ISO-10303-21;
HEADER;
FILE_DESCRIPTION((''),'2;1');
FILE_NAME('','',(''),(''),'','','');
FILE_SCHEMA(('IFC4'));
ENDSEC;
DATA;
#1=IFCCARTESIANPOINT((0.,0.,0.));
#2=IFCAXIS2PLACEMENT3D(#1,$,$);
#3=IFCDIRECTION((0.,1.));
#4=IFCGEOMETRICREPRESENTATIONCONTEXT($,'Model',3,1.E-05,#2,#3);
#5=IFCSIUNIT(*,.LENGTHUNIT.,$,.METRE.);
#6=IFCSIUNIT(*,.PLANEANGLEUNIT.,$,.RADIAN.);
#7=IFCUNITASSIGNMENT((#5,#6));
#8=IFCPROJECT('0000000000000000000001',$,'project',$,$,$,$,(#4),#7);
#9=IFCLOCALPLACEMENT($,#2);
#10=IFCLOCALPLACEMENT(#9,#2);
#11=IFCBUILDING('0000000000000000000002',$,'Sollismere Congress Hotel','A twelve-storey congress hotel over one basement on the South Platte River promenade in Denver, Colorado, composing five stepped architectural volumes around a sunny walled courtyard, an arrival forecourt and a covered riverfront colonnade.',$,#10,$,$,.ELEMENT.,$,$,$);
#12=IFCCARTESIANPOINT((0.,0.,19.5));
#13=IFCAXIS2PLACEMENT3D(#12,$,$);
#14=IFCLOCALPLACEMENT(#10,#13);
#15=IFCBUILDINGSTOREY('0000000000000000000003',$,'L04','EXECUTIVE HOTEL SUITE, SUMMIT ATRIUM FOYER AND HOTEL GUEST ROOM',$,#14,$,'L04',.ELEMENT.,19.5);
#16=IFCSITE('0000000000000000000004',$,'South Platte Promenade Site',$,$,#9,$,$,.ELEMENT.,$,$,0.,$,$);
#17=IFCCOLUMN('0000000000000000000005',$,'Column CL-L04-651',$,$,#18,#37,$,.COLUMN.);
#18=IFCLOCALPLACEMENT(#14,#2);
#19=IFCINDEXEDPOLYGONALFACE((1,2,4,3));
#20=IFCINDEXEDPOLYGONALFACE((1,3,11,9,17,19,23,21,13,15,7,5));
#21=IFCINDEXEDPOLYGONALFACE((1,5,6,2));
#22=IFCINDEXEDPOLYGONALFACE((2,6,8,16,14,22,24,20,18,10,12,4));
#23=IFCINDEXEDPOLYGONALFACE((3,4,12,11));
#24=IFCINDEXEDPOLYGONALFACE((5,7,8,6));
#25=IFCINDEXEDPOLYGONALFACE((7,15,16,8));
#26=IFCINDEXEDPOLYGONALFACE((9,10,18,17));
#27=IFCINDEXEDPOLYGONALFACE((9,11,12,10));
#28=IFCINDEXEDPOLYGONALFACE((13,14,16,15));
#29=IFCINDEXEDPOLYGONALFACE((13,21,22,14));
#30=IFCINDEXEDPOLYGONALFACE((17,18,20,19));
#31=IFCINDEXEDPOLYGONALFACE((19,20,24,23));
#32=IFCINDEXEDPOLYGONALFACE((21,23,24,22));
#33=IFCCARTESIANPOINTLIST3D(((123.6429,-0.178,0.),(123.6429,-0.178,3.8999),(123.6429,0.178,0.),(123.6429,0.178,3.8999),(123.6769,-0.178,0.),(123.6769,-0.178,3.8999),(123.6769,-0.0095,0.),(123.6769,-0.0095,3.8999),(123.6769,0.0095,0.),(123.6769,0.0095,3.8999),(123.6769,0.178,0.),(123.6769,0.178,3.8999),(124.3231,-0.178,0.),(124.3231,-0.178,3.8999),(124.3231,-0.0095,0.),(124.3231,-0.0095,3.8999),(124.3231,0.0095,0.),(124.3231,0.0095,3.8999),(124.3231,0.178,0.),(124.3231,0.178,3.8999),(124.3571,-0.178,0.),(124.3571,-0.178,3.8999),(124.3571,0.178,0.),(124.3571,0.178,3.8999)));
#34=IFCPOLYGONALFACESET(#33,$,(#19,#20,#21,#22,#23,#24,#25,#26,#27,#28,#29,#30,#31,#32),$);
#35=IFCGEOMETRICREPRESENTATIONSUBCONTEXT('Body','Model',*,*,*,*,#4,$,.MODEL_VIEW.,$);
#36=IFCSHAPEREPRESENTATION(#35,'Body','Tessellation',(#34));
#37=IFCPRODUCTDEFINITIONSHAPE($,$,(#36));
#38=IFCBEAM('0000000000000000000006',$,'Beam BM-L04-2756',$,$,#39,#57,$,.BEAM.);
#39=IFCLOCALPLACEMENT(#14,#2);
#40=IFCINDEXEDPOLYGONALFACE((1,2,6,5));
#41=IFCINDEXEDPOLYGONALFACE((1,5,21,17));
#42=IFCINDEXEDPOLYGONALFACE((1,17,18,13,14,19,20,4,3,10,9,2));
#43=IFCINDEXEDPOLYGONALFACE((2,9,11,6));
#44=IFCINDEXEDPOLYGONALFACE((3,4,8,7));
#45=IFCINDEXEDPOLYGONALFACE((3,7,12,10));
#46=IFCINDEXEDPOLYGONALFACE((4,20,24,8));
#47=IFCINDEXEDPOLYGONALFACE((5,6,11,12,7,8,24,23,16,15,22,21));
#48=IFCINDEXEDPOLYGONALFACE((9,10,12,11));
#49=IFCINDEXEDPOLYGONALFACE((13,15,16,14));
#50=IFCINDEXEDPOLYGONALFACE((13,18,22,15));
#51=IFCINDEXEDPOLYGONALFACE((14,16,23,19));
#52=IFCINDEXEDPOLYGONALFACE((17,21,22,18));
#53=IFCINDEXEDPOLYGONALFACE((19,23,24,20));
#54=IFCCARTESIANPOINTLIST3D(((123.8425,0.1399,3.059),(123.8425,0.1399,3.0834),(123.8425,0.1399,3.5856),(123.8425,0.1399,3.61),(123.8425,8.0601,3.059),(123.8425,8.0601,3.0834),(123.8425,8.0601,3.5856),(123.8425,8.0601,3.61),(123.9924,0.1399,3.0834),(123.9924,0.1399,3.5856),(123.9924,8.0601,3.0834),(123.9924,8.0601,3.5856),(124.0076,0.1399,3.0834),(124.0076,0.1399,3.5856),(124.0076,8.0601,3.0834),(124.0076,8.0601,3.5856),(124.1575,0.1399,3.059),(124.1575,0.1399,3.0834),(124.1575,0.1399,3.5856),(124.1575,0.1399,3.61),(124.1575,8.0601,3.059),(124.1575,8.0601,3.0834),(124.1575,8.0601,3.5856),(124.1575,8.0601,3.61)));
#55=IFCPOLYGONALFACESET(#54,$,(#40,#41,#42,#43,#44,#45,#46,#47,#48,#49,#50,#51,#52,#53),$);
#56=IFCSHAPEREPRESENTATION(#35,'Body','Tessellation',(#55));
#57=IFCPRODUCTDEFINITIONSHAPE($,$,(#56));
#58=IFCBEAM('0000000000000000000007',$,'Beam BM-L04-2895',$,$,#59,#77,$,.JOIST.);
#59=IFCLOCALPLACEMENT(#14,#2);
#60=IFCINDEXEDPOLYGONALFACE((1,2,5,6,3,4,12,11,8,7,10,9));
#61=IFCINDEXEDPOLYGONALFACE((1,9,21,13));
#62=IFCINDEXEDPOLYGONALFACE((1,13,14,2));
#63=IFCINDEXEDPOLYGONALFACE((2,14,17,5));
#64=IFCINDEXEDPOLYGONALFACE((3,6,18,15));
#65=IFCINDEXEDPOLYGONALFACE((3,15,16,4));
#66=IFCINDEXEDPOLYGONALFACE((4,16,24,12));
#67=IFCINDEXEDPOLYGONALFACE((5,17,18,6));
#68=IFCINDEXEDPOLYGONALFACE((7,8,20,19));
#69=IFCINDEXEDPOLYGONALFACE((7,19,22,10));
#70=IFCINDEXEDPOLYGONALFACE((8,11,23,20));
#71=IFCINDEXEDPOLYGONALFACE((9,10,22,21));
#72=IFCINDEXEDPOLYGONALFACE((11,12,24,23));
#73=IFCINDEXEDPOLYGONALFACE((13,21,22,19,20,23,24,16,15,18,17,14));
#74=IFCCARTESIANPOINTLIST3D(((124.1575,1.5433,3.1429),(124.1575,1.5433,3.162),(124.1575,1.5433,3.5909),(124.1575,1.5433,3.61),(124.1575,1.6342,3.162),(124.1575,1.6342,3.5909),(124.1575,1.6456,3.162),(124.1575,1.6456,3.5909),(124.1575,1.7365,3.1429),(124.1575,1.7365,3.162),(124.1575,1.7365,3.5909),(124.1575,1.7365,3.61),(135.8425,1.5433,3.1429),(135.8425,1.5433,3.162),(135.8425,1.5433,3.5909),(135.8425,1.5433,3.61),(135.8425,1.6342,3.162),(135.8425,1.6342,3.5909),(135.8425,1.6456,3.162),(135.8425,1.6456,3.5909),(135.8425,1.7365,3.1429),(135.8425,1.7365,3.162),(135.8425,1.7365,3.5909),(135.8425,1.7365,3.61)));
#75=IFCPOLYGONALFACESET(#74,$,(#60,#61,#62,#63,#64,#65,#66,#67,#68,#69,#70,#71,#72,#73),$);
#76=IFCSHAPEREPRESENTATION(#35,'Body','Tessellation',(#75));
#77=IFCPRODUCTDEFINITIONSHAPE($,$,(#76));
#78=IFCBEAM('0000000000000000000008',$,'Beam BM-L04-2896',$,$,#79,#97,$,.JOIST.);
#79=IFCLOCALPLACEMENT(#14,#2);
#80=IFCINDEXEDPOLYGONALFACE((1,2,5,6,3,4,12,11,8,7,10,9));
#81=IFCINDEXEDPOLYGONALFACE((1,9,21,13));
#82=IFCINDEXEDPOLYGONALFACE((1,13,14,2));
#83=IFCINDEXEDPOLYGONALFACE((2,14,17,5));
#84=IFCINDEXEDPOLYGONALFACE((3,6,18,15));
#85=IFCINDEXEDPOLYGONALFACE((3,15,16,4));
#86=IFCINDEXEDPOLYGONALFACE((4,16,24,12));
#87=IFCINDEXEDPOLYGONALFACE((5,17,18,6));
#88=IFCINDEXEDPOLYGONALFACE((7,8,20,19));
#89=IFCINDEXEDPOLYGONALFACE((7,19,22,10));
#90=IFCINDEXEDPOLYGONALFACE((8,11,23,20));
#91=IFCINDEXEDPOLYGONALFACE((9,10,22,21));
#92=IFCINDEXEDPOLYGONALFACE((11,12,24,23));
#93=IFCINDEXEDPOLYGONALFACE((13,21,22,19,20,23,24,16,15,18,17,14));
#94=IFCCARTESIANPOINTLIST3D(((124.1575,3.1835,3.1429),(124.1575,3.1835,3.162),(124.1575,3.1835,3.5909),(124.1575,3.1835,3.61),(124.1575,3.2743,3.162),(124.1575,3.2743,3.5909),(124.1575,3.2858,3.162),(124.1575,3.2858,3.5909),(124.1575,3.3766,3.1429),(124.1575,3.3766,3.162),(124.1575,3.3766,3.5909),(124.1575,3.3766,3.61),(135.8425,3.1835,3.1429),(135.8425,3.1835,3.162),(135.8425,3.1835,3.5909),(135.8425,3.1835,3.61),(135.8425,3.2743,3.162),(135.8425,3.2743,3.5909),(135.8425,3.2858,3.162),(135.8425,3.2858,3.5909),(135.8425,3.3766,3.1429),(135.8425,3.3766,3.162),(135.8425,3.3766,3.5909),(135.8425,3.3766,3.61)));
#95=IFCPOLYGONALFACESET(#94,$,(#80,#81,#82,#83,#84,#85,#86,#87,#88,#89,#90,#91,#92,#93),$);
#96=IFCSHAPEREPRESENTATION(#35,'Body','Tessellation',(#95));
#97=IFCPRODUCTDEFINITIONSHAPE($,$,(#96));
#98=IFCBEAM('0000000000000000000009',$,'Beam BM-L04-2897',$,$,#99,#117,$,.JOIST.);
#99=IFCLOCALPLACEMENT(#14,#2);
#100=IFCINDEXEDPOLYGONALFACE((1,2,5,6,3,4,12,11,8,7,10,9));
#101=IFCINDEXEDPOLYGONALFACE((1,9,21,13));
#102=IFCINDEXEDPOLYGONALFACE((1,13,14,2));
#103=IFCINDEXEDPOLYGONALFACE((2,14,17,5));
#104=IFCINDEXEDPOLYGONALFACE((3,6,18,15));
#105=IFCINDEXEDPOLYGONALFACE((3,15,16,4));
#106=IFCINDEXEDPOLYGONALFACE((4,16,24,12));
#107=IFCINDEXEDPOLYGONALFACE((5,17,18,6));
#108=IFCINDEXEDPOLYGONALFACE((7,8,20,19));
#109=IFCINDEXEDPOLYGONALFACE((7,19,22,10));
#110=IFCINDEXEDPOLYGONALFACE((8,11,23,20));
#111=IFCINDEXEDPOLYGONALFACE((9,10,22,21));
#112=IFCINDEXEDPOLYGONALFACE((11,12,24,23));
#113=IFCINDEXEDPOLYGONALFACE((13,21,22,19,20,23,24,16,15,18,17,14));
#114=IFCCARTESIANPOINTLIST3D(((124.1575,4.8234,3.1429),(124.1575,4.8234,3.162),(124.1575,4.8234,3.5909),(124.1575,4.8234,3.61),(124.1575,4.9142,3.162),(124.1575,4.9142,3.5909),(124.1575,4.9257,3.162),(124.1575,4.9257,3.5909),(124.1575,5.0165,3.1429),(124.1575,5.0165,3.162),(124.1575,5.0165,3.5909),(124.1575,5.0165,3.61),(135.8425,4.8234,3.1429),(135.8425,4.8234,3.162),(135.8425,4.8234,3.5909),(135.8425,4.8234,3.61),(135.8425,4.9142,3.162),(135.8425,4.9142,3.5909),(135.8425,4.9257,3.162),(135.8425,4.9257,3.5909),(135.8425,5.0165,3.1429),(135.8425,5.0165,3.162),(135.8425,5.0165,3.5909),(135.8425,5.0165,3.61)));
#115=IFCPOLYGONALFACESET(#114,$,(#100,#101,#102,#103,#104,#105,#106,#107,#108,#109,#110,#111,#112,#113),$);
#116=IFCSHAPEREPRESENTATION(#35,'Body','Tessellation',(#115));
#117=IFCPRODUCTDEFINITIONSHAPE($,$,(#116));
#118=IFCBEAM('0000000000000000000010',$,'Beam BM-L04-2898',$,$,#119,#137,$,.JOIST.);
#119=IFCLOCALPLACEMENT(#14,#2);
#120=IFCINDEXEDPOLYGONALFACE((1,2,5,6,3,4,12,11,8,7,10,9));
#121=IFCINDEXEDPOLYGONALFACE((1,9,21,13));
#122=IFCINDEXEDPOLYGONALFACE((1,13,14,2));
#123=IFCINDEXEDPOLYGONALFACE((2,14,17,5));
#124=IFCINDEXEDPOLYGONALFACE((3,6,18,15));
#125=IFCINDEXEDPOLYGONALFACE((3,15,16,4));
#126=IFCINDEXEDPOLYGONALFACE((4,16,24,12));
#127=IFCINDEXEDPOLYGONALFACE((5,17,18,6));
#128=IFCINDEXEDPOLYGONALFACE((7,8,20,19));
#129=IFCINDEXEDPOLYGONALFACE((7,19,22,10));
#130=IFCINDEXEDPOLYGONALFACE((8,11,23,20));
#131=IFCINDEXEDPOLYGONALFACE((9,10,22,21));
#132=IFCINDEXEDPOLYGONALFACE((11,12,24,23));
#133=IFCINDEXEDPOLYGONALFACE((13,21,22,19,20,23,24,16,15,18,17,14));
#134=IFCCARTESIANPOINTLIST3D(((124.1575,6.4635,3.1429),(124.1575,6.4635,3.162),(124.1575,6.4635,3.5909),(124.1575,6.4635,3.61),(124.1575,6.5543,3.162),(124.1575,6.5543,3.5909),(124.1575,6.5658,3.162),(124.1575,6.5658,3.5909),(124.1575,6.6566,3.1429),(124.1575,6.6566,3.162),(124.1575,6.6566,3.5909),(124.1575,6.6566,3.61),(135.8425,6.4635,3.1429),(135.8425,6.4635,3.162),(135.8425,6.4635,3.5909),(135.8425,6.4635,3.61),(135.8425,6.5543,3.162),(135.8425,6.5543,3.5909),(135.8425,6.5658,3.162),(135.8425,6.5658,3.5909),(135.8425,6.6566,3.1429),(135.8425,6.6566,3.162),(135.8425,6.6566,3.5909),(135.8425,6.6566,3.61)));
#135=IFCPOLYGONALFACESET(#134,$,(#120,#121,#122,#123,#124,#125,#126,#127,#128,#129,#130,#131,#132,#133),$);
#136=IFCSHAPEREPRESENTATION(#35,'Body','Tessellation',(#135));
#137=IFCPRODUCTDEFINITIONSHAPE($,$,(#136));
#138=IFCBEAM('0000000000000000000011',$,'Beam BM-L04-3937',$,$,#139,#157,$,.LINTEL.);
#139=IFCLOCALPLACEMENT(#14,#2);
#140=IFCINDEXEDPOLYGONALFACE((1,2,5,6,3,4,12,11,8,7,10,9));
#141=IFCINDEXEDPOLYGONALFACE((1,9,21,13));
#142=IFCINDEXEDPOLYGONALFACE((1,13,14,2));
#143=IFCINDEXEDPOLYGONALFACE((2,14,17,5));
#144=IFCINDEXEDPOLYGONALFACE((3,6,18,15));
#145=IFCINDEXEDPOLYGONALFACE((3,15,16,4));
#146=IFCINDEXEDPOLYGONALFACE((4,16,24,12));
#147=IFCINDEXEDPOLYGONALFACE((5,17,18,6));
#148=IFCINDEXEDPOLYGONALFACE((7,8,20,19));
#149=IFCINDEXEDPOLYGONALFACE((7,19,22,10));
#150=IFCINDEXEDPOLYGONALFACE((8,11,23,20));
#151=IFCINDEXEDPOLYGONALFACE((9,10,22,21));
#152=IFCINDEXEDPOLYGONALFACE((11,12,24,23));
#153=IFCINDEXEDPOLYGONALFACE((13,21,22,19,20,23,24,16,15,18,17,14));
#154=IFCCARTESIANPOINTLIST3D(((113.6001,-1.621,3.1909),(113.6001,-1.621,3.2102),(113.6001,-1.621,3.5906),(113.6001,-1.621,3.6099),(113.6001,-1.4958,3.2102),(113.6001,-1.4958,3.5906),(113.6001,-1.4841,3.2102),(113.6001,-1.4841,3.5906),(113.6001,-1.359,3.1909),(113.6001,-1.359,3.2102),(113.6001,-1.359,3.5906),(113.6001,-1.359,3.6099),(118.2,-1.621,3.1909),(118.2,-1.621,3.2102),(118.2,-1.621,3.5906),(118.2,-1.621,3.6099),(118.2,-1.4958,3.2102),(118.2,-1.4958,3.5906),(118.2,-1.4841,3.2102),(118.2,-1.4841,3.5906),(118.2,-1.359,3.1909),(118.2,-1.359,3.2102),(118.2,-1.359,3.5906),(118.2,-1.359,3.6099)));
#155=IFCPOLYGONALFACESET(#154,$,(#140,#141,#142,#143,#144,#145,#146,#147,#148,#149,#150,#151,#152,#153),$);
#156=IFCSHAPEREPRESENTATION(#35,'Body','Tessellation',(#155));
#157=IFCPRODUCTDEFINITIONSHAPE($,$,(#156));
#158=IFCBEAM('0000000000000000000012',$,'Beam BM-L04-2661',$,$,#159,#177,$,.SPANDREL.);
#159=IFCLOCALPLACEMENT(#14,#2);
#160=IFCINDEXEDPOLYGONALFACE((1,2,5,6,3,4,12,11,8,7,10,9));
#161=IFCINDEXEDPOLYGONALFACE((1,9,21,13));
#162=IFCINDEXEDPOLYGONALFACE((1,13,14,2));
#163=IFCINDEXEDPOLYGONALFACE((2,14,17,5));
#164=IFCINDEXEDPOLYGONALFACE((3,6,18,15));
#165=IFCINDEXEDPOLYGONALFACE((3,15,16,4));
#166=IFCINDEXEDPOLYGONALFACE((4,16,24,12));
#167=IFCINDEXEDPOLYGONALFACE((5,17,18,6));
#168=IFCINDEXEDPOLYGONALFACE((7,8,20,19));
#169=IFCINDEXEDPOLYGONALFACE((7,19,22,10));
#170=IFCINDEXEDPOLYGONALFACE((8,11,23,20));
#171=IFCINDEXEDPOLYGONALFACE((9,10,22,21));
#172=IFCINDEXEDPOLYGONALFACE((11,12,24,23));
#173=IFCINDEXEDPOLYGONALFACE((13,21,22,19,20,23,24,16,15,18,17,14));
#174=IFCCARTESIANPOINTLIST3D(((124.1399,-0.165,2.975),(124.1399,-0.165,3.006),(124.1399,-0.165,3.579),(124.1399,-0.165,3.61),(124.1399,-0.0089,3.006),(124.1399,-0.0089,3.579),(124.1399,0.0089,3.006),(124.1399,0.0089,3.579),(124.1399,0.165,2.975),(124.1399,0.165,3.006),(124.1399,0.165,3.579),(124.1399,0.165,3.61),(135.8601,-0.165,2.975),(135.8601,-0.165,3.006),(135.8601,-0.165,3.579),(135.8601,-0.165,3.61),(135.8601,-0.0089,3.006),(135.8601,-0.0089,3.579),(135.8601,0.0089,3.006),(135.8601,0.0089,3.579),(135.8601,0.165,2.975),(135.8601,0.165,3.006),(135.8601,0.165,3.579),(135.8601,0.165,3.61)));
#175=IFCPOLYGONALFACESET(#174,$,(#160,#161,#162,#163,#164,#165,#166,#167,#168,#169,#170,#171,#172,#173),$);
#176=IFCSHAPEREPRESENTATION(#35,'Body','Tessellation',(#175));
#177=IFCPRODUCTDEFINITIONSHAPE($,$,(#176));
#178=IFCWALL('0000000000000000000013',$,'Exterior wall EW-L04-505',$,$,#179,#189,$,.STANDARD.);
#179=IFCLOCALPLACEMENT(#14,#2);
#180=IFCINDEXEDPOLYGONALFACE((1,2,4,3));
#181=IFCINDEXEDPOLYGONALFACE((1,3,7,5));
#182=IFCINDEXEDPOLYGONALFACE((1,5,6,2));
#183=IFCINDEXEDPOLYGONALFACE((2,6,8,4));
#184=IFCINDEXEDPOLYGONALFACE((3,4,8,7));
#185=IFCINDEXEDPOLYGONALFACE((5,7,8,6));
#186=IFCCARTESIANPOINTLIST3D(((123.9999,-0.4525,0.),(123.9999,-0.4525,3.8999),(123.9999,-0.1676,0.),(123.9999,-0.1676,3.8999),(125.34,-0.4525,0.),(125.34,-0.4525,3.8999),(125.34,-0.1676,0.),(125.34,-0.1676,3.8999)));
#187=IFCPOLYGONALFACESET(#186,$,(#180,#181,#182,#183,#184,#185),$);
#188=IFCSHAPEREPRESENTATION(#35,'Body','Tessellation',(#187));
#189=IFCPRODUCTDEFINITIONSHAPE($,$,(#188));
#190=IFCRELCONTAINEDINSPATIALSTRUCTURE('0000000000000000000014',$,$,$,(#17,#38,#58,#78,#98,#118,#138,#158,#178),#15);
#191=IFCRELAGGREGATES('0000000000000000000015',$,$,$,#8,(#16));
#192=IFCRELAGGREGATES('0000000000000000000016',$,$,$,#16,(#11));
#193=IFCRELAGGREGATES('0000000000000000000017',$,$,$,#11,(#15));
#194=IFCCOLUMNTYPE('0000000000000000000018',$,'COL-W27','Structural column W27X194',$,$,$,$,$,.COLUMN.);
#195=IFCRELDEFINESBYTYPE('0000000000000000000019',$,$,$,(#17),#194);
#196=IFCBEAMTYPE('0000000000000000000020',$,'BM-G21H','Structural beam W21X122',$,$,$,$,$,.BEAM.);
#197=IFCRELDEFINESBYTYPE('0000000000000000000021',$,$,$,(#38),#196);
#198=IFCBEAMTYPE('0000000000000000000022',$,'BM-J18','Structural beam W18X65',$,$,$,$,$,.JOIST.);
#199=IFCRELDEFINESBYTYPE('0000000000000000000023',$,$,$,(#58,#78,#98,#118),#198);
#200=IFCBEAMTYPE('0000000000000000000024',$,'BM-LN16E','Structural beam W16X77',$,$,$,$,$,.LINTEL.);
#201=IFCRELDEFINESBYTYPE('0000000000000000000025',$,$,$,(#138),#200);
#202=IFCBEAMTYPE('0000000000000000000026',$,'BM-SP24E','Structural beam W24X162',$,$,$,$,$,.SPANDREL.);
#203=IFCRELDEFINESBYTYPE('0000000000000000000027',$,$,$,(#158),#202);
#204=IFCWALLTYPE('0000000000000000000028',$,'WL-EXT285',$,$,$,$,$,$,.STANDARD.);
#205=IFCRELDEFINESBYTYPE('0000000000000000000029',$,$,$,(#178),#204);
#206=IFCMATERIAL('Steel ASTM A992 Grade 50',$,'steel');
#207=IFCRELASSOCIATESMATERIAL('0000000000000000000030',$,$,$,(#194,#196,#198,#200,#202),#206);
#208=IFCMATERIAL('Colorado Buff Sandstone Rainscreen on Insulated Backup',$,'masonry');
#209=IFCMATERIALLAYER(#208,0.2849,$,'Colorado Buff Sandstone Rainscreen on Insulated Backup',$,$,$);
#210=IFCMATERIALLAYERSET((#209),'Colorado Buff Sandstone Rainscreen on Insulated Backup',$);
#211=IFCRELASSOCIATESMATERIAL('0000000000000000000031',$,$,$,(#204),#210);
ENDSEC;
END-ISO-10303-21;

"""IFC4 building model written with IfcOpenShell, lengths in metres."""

from ifc_helpers import new_model, si_unit, direction, frame, frame_2d, origin, origin_2d, place, context, subcontext, project, spatial, rectangle, i_section, extrude, material, layer, layer_set, material_profile, profile_set, type_object, element, save


model = new_model("IFC4")

# Units and contexts
model_context = context("Model", 3, precision=1e-05, world=origin(), true_north=direction((0.0, 1.0)))
body_context = subcontext(model_context, "Body", "Model", "MODEL_VIEW")
ifc_project = project(units=[si_unit("LENGTHUNIT", "METRE"), si_unit("PLANEANGLEUNIT", "RADIAN")], contexts=[model_context])

# Site, building, storey
site_placement = place(None, origin())
site = spatial("IfcSite", under=ifc_project, at=site_placement, Name="South Platte Promenade Site", CompositionType="ELEMENT", RefElevation=0.0)
building_placement = place(site_placement, origin())
building = spatial("IfcBuilding", under=site, at=building_placement, Name="Sollismere Congress Hotel", Description="A twelve-storey congress hotel over one basement on the South Platte River promenade in Denver, Colorado, composing five stepped architectural volumes around a sunny walled courtyard, an arrival forecourt and a covered riverfront colonnade.", CompositionType="ELEMENT")
storey_placement = place(building_placement, frame((0.0, 0.0, 19.5)))
storey = spatial("IfcBuildingStorey", under=building, at=storey_placement, Name="L04", Description="EXECUTIVE HOTEL SUITE, SUMMIT ATRIUM FOYER AND HOTEL GUEST ROOM", LongName="L04", CompositionType="ELEMENT", Elevation=19.5)

# Column
ifc_material_1 = material(Name="Steel ASTM A992 Grade 50", Category="steel")
ifc_material_profile_1 = material_profile(ifc_material_1, i_section(OverallWidth=0.356, OverallDepth=0.7141, WebThickness=0.019, FlangeThickness=0.0339, at=origin_2d()), Name="W27X194")
ifc_profile_set_1 = profile_set([ifc_material_profile_1], Name="Steel ASTM A992 Grade 50")
column_type = type_object("IfcColumnType", Name="COL-W27", Description="Structural column W27X194", PredefinedType="COLUMN", material=ifc_profile_set_1)
column_placement = place(storey_placement, frame((124.0, 0.0, 0.0), z_axis=(0.0, 0.0, 1.0), x_axis=(0.0, 1.0, 0.0)))
element("IfcColumn", 1, at=column_placement, inside=storey, type_object=column_type, Name="Column CL-L04-651", PredefinedType="COLUMN", context=body_context, shape_type="SweptSolid", body=[
    extrude(i_section(OverallWidth=0.356, OverallDepth=0.7141, WebThickness=0.019, FlangeThickness=0.0339, at=origin_2d()), origin(), (0.0, 0.0, 1.0), 3.8999),
])

# Beams
ifc_material_profile_2 = material_profile(ifc_material_1, i_section(OverallWidth=0.3149, OverallDepth=0.551, WebThickness=0.0151, FlangeThickness=0.0244, at=origin_2d()), Name="W21X122")
ifc_profile_set_2 = profile_set([ifc_material_profile_2], Name="Steel ASTM A992 Grade 50")
beam_type_1 = type_object("IfcBeamType", Name="BM-G21H", Description="Structural beam W21X122", PredefinedType="BEAM", material=ifc_profile_set_2)
beam_1_placement = place(storey_placement, frame((124.0, 0.1399, 3.3345), z_axis=(0.0, 1.0, 0.0), x_axis=(-1.0, 0.0, 0.0)))
element("IfcBeam", 2, at=beam_1_placement, inside=storey, type_object=beam_type_1, Name="Beam BM-L04-2756", PredefinedType="BEAM", context=body_context, shape_type="SweptSolid", body=[
    extrude(i_section(OverallWidth=0.3149, OverallDepth=0.551, WebThickness=0.0151, FlangeThickness=0.0244, at=origin_2d()), origin(), (0.0, 0.0, 1.0), 7.9202),
])
ifc_material_profile_3 = material_profile(ifc_material_1, i_section(OverallWidth=0.1931, OverallDepth=0.467, WebThickness=0.0115, FlangeThickness=0.019, at=origin_2d()), Name="W18X65")
ifc_profile_set_3 = profile_set([ifc_material_profile_3], Name="Steel ASTM A992 Grade 50")
beam_type_2 = type_object("IfcBeamType", Name="BM-J18", Description="Structural beam W18X65", PredefinedType="JOIST", material=ifc_profile_set_3)
for number, where, z_axis, x_axis, name in (
    (3, (124.1575, 1.6399, 3.3765), (1.0, 0.0, 0.0), (0.0, 1.0, 0.0), "Beam BM-L04-2895"),
    (4, (124.1575, 3.28, 3.3765), (1.0, 0.0, 0.0), (0.0, 1.0, 0.0), "Beam BM-L04-2896"),
    (5, (124.1575, 4.9199, 3.3765), (1.0, 0.0, 0.0), (0.0, 1.0, 0.0), "Beam BM-L04-2897"),
    (6, (124.1575, 6.5601, 3.3765), (1.0, 0.0, 0.0), (0.0, 1.0, 0.0), "Beam BM-L04-2898"),
):
    element("IfcBeam", number, at=place(storey_placement, frame(where, z_axis=z_axis, x_axis=x_axis)), inside=storey, type_object=beam_type_2, Name=name, PredefinedType="JOIST", context=body_context, shape_type="SweptSolid", body=[
        extrude(i_section(OverallWidth=0.1931, OverallDepth=0.467, WebThickness=0.0115, FlangeThickness=0.019, at=origin_2d()), origin(), (0.0, 0.0, 1.0), 11.6851),
    ])
ifc_material_profile_4 = material_profile(ifc_material_1, i_section(OverallWidth=0.262, OverallDepth=0.4189, WebThickness=0.0117, FlangeThickness=0.0193, at=origin_2d()), Name="W16X77")
ifc_profile_set_4 = profile_set([ifc_material_profile_4], Name="Steel ASTM A992 Grade 50")
beam_type_3 = type_object("IfcBeamType", Name="BM-LN16E", Description="Structural beam W16X77", PredefinedType="LINTEL", material=ifc_profile_set_4)
beam_2_placement = place(storey_placement, frame((113.6001, -1.49, 3.4004), z_axis=(1.0, 0.0, 0.0), x_axis=(0.0, 1.0, 0.0)))
element("IfcBeam", 7, at=beam_2_placement, inside=storey, type_object=beam_type_3, Name="Beam BM-L04-3937", PredefinedType="LINTEL", context=body_context, shape_type="SweptSolid", body=[
    extrude(i_section(OverallWidth=0.262, OverallDepth=0.4189, WebThickness=0.0117, FlangeThickness=0.0193, at=origin_2d()), origin(), (0.0, 0.0, 1.0), 4.5999),
])
ifc_material_profile_5 = material_profile(ifc_material_1, i_section(OverallWidth=0.3301, OverallDepth=0.635, WebThickness=0.0178, FlangeThickness=0.031, at=origin_2d()), Name="W24X162")
ifc_profile_set_5 = profile_set([ifc_material_profile_5], Name="Steel ASTM A992 Grade 50")
beam_type_4 = type_object("IfcBeamType", Name="BM-SP24E", Description="Structural beam W24X162", PredefinedType="SPANDREL", material=ifc_profile_set_5)
beam_3_placement = place(storey_placement, frame((124.1399, 0.0, 3.2925), z_axis=(1.0, 0.0, 0.0), x_axis=(0.0, 1.0, 0.0)))
element("IfcBeam", 8, at=beam_3_placement, inside=storey, type_object=beam_type_4, Name="Beam BM-L04-2661", PredefinedType="SPANDREL", context=body_context, shape_type="SweptSolid", body=[
    extrude(i_section(OverallWidth=0.3301, OverallDepth=0.635, WebThickness=0.0178, FlangeThickness=0.031, at=origin_2d()), origin(), (0.0, 0.0, 1.0), 11.7202),
])

# Wall
ifc_material_2 = material(Name="Colorado Buff Sandstone Rainscreen on Insulated Backup", Category="masonry")
ifc_layer_1 = layer(ifc_material_2, 0.2849, Name="Colorado Buff Sandstone Rainscreen on Insulated Backup")
ifc_layer_set_1 = layer_set([ifc_layer_1], Name="Colorado Buff Sandstone Rainscreen on Insulated Backup")
wall_type_1 = type_object("IfcWallType", Name="WL-EXT285", PredefinedType="STANDARD", material=ifc_layer_set_1)
wall_1_placement = place(storey_placement, frame((124.0, -0.3101, 0.0), z_axis=(0.0, 0.0, 1.0), x_axis=(1.0, 0.0, 0.0)))
element("IfcWall", 9, at=wall_1_placement, inside=storey, type_object=wall_type_1, Name="Exterior wall EW-L04-505", PredefinedType="STANDARD", context=body_context, shape_type="SweptSolid", body=[
    extrude(rectangle(XDim=1.3401, YDim=0.2849, at=frame_2d((0.6699, 0.0))), origin(), (0.0, 0.0, 1.0), 3.8999),
])

save(model, "model.ifc")
